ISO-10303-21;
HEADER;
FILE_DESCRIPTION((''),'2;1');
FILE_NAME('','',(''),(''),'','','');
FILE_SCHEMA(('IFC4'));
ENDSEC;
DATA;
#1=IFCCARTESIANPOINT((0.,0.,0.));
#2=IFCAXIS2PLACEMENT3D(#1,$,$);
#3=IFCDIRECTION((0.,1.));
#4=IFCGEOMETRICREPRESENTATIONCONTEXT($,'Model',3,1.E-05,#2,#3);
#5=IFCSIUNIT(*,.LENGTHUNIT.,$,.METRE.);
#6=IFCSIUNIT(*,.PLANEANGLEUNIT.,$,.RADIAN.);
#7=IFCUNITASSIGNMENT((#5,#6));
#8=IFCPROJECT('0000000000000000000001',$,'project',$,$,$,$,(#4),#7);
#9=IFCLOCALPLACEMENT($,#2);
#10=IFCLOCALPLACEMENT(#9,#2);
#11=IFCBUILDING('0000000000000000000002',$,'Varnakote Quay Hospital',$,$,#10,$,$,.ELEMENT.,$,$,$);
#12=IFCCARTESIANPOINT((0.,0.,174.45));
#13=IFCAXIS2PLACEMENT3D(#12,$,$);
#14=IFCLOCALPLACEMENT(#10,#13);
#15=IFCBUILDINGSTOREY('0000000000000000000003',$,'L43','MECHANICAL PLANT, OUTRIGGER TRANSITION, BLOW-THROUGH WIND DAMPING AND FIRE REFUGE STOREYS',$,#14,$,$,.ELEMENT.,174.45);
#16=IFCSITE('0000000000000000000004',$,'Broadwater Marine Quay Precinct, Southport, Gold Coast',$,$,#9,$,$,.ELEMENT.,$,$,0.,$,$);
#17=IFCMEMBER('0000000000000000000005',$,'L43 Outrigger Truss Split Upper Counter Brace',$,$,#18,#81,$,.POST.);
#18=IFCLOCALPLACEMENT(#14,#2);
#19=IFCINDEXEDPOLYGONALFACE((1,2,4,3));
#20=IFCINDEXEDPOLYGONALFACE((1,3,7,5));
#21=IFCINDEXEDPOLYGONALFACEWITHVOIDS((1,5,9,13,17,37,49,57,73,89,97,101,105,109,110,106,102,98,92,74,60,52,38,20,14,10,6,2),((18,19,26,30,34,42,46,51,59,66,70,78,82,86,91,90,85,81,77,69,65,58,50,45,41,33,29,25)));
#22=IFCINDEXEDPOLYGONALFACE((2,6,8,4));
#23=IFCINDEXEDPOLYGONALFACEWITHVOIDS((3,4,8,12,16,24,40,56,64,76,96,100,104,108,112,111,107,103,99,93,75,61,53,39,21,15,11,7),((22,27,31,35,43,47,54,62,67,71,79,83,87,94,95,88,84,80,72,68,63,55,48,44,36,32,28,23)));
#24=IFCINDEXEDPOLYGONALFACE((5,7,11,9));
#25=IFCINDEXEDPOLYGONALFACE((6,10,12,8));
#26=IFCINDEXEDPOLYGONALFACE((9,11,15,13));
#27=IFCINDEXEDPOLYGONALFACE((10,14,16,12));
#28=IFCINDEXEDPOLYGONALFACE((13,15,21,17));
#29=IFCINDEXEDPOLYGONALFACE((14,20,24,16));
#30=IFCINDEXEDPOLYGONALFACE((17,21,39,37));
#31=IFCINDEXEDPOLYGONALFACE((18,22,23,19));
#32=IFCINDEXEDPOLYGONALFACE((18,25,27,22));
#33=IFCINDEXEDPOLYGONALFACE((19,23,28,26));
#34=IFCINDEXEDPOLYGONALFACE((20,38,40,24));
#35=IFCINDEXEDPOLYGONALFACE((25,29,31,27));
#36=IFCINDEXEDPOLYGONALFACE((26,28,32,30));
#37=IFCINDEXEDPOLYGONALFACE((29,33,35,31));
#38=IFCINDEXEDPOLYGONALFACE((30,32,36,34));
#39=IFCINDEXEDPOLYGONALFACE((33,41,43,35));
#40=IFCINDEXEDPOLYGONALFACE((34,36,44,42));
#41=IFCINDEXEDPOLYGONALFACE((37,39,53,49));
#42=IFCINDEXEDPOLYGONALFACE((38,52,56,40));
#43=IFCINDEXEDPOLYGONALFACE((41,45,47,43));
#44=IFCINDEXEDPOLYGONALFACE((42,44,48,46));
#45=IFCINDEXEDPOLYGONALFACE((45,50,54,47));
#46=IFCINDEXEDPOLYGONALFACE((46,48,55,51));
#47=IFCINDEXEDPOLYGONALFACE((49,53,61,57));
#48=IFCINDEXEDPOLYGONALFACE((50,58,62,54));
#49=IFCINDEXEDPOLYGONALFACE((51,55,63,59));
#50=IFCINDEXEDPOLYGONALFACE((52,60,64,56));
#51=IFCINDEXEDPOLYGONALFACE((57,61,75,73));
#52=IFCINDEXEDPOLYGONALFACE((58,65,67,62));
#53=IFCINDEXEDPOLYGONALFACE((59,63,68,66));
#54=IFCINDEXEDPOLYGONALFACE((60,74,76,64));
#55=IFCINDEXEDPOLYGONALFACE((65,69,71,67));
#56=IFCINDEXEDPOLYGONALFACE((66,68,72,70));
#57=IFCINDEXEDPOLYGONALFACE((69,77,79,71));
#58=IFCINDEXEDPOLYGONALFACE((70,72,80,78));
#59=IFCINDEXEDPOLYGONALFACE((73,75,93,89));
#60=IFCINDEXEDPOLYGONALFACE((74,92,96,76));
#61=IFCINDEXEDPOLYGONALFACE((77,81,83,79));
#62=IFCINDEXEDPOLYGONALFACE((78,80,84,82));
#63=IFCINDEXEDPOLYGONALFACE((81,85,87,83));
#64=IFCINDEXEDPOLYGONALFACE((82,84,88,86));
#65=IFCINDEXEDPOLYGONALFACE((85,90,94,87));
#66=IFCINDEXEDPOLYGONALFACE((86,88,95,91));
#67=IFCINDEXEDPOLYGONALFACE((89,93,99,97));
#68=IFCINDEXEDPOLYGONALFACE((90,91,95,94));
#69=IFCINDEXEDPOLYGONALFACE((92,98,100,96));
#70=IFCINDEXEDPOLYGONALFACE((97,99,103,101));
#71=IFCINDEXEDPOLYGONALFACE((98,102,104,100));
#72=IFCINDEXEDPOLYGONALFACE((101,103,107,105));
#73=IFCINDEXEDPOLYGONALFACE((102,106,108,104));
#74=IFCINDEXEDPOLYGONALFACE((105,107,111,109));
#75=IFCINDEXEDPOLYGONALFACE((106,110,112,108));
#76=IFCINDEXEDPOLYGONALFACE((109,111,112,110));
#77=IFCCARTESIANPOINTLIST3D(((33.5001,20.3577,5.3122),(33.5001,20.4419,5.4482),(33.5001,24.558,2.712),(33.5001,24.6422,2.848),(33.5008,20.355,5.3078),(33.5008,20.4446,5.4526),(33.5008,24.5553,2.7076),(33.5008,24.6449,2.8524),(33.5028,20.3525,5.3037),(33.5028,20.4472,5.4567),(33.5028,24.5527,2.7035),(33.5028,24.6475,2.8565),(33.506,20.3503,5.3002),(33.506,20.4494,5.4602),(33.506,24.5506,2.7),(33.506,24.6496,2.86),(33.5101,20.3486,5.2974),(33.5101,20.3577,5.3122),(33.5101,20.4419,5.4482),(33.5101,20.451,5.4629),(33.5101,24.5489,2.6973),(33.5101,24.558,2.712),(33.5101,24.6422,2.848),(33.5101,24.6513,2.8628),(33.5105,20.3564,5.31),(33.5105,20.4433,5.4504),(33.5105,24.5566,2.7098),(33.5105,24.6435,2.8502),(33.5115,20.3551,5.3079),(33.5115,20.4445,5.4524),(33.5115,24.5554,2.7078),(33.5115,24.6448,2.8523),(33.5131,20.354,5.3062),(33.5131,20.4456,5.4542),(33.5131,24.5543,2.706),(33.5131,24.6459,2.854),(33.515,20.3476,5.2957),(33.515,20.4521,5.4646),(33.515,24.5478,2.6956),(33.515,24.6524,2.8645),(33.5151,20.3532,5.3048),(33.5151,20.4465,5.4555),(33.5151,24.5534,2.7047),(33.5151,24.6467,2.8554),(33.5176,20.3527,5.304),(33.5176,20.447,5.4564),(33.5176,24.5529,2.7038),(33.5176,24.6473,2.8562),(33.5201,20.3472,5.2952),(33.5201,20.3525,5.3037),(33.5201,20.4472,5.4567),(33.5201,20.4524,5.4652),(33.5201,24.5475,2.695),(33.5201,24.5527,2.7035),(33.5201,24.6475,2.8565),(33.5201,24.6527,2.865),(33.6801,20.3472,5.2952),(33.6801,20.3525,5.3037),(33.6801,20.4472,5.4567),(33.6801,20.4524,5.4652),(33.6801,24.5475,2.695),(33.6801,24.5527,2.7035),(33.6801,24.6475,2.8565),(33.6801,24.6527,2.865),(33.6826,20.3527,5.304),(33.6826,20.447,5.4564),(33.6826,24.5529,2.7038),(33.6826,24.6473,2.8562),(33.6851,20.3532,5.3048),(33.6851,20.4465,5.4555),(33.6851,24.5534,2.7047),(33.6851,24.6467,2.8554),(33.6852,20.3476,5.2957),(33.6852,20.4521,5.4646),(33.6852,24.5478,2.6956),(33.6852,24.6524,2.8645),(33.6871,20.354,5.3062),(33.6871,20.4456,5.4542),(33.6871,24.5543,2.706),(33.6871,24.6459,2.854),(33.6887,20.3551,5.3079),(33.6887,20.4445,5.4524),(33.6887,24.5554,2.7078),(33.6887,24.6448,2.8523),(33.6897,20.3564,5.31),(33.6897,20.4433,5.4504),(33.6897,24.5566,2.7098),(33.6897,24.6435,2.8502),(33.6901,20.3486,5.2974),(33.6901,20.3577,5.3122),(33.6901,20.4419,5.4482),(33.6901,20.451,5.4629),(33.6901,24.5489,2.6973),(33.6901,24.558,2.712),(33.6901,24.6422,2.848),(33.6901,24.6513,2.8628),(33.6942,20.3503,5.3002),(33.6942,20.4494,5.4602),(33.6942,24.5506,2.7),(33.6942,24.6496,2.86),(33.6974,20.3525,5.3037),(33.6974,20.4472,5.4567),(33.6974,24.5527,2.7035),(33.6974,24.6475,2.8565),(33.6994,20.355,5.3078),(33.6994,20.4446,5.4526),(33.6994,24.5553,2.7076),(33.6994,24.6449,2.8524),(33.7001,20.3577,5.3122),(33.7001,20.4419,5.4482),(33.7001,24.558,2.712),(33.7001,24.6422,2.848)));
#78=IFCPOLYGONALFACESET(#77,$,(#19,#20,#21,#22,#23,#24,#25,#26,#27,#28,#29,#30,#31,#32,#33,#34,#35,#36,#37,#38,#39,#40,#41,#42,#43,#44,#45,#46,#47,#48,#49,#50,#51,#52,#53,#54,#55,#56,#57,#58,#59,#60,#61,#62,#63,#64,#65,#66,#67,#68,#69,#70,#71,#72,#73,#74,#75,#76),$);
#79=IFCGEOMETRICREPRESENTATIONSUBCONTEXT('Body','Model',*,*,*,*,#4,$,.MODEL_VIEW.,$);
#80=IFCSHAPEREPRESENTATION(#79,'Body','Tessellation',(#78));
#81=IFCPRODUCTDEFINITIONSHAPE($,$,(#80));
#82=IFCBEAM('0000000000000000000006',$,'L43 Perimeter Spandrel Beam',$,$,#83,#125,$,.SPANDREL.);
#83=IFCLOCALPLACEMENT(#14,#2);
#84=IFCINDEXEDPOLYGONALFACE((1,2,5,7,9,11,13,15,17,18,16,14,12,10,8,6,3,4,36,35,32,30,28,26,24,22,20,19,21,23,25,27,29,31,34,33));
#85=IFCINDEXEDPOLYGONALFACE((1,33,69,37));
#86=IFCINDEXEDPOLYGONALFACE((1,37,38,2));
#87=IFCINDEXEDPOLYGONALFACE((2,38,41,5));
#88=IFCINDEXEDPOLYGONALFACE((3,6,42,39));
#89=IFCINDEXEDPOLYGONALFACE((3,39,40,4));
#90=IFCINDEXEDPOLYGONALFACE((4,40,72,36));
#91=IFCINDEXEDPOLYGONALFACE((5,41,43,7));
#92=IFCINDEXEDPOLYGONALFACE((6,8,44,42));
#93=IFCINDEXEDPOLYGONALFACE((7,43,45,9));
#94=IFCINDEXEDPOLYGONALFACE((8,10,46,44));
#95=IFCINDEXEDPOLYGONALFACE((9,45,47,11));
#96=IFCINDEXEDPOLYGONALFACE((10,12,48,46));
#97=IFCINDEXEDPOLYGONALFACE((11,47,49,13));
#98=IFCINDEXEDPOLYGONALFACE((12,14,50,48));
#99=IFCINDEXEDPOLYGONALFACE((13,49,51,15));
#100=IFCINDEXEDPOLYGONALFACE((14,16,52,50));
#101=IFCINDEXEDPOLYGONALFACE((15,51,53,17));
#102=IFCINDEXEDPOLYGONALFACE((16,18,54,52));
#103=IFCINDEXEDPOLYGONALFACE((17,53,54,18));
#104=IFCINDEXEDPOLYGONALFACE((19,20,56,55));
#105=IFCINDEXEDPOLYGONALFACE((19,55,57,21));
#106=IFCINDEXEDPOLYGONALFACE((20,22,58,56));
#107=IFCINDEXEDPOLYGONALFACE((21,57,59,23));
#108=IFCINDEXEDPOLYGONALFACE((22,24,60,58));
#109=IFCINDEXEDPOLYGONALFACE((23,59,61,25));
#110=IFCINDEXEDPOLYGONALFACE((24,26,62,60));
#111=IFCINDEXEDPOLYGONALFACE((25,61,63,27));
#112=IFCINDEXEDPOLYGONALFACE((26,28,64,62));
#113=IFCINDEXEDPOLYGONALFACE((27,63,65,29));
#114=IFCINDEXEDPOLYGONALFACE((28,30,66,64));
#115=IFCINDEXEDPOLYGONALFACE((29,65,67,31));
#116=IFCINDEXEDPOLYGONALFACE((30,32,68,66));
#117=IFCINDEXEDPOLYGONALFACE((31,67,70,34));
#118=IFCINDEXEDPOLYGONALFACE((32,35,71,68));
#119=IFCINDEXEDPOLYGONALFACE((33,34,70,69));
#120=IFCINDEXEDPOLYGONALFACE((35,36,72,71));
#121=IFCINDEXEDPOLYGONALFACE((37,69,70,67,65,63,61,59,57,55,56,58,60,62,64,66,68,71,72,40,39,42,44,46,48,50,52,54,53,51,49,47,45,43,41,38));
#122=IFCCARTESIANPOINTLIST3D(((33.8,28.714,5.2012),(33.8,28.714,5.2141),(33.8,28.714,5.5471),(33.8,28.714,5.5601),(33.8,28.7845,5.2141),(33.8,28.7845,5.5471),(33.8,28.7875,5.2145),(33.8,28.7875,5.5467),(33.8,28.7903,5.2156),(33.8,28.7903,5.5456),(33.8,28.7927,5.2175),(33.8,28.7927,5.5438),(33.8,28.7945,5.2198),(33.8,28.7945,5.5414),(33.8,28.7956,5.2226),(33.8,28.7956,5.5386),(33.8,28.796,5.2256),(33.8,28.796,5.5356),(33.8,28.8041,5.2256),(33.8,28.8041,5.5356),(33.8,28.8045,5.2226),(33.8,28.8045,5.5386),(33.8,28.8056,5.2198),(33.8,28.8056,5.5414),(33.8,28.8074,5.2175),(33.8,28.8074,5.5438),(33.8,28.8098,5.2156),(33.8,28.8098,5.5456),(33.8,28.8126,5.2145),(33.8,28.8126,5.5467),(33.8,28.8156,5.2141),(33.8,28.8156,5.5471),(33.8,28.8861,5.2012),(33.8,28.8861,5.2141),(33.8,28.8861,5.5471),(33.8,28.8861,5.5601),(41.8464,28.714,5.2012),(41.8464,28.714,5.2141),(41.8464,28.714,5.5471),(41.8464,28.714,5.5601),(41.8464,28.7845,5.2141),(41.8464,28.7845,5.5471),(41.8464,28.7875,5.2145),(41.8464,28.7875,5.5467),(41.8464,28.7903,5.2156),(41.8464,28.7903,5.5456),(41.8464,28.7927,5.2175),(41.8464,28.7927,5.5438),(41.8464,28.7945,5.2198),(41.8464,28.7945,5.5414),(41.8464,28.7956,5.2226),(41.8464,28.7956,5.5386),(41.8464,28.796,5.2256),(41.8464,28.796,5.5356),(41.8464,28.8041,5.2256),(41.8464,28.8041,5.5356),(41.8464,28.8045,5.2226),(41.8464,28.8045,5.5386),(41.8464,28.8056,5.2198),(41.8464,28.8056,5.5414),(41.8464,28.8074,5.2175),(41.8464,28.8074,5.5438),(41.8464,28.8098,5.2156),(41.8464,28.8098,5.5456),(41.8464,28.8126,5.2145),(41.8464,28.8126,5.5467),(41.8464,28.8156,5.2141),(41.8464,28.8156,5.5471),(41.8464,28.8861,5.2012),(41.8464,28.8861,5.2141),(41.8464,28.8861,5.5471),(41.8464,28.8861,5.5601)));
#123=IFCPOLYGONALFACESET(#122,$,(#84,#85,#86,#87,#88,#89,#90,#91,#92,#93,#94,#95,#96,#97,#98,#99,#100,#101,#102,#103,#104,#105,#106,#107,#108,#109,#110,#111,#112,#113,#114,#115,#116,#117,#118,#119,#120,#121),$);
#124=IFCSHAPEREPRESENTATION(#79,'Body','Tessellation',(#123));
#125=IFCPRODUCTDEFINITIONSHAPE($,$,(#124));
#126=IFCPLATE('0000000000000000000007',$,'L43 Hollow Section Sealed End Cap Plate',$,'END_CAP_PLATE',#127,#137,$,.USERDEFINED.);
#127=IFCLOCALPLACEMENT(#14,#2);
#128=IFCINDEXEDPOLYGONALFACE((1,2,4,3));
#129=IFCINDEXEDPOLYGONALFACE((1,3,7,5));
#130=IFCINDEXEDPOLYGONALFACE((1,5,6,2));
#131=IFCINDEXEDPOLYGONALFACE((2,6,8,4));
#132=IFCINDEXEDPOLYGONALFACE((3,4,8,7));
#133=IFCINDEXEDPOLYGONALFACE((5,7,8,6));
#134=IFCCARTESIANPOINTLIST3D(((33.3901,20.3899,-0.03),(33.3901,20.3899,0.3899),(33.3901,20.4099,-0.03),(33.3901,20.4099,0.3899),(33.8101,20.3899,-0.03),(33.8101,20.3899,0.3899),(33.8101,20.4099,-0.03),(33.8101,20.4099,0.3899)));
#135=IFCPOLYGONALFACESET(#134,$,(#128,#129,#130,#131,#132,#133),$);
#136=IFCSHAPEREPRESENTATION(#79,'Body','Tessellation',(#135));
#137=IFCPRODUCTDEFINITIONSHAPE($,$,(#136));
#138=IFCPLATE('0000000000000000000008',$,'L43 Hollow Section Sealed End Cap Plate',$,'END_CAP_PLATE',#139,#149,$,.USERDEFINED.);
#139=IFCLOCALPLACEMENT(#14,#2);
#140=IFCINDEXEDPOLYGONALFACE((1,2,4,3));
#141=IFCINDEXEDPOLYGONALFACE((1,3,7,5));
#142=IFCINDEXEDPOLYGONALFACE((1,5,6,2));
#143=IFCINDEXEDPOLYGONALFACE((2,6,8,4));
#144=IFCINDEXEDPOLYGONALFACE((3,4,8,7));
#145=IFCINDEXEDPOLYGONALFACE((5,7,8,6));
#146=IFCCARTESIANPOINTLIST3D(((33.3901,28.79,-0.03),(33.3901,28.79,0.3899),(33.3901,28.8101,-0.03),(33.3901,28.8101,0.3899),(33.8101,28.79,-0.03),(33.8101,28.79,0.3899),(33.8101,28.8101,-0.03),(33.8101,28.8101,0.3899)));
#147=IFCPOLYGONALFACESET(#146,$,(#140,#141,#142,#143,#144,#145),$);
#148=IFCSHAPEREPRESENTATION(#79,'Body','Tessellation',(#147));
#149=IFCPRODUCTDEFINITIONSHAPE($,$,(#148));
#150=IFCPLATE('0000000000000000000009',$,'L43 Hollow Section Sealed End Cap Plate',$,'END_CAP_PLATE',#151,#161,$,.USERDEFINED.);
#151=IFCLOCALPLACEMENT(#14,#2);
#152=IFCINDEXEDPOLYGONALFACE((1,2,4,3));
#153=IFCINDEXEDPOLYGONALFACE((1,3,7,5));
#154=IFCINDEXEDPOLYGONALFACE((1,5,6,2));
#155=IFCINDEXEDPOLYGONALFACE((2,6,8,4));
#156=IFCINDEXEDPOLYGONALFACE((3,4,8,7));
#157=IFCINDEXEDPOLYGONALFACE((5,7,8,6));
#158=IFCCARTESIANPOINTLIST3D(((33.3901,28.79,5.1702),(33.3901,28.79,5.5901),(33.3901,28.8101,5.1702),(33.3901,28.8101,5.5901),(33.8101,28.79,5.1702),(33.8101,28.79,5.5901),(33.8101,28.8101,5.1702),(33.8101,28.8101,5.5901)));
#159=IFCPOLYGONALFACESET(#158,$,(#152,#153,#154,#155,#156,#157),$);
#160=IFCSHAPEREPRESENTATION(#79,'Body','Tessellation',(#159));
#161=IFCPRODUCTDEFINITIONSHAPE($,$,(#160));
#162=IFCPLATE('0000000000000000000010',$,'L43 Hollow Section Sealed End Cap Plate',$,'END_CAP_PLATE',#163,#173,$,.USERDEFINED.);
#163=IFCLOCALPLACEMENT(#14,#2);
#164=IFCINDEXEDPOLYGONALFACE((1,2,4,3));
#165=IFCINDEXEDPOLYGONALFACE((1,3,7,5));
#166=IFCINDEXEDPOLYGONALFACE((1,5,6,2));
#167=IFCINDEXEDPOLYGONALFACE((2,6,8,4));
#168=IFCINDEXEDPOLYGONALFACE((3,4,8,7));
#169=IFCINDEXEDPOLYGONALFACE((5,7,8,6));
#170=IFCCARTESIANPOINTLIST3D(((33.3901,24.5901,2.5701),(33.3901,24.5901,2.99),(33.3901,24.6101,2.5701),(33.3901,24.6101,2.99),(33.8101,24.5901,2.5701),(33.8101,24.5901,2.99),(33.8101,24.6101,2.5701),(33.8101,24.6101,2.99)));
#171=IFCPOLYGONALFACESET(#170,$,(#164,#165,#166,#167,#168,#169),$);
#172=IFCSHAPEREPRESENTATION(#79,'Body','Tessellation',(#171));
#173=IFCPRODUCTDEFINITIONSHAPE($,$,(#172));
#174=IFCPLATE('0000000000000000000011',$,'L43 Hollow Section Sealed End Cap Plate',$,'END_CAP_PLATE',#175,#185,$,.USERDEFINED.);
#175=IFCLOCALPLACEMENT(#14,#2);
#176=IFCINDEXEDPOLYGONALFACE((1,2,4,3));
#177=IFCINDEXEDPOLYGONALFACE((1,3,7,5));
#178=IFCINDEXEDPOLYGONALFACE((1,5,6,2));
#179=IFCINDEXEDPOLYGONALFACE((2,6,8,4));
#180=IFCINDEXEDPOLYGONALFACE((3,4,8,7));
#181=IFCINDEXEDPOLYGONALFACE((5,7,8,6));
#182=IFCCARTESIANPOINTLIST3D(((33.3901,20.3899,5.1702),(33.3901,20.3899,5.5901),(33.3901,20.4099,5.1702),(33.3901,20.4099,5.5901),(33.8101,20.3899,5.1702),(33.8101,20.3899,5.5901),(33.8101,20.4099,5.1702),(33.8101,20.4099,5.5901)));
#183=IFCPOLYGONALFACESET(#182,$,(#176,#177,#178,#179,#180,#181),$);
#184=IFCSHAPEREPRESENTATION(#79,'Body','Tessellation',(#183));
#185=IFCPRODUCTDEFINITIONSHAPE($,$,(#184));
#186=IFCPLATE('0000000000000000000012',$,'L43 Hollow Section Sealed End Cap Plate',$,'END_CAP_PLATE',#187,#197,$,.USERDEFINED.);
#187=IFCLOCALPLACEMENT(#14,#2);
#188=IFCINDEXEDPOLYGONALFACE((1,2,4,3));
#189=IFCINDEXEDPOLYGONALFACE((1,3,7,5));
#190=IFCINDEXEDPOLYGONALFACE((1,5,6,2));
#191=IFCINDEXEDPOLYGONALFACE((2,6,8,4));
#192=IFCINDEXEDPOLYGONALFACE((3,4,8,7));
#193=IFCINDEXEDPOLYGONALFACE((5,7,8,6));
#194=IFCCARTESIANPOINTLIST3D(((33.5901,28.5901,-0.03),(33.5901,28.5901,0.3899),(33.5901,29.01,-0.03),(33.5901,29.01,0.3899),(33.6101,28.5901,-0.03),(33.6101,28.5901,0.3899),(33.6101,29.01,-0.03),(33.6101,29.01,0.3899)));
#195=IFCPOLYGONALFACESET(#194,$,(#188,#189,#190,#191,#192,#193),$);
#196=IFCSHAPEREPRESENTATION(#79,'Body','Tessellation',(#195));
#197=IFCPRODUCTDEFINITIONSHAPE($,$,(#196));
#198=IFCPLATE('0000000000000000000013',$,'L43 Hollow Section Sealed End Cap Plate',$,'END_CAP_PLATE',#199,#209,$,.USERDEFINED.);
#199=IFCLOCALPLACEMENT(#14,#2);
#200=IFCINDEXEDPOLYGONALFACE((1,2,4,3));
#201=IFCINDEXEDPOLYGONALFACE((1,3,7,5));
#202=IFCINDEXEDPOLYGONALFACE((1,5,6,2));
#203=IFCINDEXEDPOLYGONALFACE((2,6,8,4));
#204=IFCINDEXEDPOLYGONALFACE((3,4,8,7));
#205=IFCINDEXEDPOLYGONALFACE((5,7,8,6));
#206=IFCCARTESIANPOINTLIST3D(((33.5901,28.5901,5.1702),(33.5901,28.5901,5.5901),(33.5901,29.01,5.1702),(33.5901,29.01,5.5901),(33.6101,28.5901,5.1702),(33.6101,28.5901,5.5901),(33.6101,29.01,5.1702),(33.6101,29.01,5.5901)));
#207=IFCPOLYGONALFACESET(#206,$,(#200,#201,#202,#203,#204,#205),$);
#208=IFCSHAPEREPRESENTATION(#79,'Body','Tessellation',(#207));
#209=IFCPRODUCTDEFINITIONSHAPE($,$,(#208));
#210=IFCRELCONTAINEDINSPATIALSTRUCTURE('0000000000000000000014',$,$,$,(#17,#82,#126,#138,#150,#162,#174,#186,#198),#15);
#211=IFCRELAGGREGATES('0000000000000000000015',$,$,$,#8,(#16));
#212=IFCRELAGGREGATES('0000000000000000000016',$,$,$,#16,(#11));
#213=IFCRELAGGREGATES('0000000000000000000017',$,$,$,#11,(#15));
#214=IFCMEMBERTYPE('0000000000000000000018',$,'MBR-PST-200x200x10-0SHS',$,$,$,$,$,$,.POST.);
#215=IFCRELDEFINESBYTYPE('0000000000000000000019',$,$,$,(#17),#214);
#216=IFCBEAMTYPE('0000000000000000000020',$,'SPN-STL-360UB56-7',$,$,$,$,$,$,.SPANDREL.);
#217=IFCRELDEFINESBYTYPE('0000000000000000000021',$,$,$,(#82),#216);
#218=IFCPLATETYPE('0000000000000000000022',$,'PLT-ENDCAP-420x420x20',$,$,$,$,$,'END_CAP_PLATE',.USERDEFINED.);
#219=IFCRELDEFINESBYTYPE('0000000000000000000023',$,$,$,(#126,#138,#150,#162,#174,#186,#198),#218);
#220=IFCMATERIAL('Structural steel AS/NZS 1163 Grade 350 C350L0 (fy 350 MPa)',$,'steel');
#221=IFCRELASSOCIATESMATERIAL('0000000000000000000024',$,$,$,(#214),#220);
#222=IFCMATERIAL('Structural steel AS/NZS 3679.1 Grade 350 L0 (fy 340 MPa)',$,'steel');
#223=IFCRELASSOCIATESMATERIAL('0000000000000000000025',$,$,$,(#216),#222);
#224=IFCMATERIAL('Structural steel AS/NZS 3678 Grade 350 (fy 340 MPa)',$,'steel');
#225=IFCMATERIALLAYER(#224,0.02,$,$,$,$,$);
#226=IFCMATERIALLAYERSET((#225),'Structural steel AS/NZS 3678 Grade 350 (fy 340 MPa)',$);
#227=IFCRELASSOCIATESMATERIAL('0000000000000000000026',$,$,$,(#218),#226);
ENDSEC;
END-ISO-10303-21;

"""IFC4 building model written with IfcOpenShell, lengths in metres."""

from ifc_helpers import new_model, si_unit, direction, frame, origin, origin_2d, place, context, subcontext, project, spatial, rectangle, hollow_rectangle, i_section, extrude, material, layer, layer_set, material_profile, profile_set, type_object, element, save


model = new_model("IFC4")

# Units and contexts
model_context = context("Model", 3, precision=1e-05, world=origin(), true_north=direction((0.0, 1.0)))
body_context = subcontext(model_context, "Body", "Model", "MODEL_VIEW")
ifc_project = project(units=[si_unit("LENGTHUNIT", "METRE"), si_unit("PLANEANGLEUNIT", "RADIAN")], contexts=[model_context])

# Site, building, storey
site_placement = place(None, origin())
site = spatial("IfcSite", under=ifc_project, at=site_placement, Name="Broadwater Marine Quay Precinct, Southport, Gold Coast", CompositionType="ELEMENT", RefElevation=0.0)
building_placement = place(site_placement, origin())
building = spatial("IfcBuilding", under=site, at=building_placement, Name="Varnakote Quay Hospital", CompositionType="ELEMENT")
storey_placement = place(building_placement, frame((0.0, 0.0, 174.45)))
storey = spatial("IfcBuildingStorey", under=building, at=storey_placement, Name="L43", Description="MECHANICAL PLANT, OUTRIGGER TRANSITION, BLOW-THROUGH WIND DAMPING AND FIRE REFUGE STOREYS", CompositionType="ELEMENT", Elevation=174.45)

# Member
ifc_material_1 = material(Name="Structural steel AS/NZS 1163 Grade 350 C350L0 (fy 350 MPa)", Category="steel")
ifc_material_profile_1 = material_profile(ifc_material_1, hollow_rectangle(XDim=0.2, YDim=0.2, WallThickness=0.01, InnerFilletRadius=0.01, OuterFilletRadius=0.02, at=origin_2d()), Name="200x200x10.0SHS")
ifc_profile_set_1 = profile_set([ifc_material_profile_1], Name="Structural steel AS/NZS 1163 Grade 350 C350L0 (fy 350 MPa)")
member_type_1 = type_object("IfcMemberType", Name="MBR-PST-200x200x10-0SHS", PredefinedType="POST", material=ifc_profile_set_1)
member_1_placement = place(storey_placement, frame((33.6001, 24.6001, 2.78), z_axis=(0.0, -0.850267, 0.526351), x_axis=(1.0, 0.0, 0.0)))
element("IfcMember", 1, at=member_1_placement, inside=storey, type_object=member_type_1, Name="L43 Outrigger Truss Split Upper Counter Brace", PredefinedType="POST", context=body_context, shape_type="SweptSolid", body=[
    extrude(hollow_rectangle(XDim=0.2, YDim=0.2, WallThickness=0.01, InnerFilletRadius=0.01, OuterFilletRadius=0.02, at=origin_2d()), origin(), (0.0, 0.0, 1.0), 4.9399),
])

# Beam
ifc_material_2 = material(Name="Structural steel AS/NZS 3679.1 Grade 350 L0 (fy 340 MPa)", Category="steel")
ifc_material_profile_2 = material_profile(ifc_material_2, i_section(OverallWidth=0.1721, OverallDepth=0.3589, WebThickness=0.0081, FlangeThickness=0.0129, FilletRadius=0.0115, at=origin_2d()), Name="360UB56.7")
ifc_profile_set_2 = profile_set([ifc_material_profile_2], Name="Structural steel AS/NZS 3679.1 Grade 350 L0 (fy 340 MPa)")
beam_type_1 = type_object("IfcBeamType", Name="SPN-STL-360UB56-7", PredefinedType="SPANDREL", material=ifc_profile_set_2)
beam_1_placement = place(storey_placement, frame((33.8, 28.8, 5.3806), z_axis=(1.0, 0.0, 0.0), x_axis=(0.0, 1.0, 0.0)))
element("IfcBeam", 2, at=beam_1_placement, inside=storey, type_object=beam_type_1, Name="L43 Perimeter Spandrel Beam", PredefinedType="SPANDREL", context=body_context, shape_type="SweptSolid", body=[
    extrude(i_section(OverallWidth=0.1721, OverallDepth=0.3589, WebThickness=0.0081, FlangeThickness=0.0129, FilletRadius=0.0115, at=origin_2d()), origin(), (0.0, 0.0, 1.0), 8.0464),
])

# Plates
ifc_material_3 = material(Name="Structural steel AS/NZS 3678 Grade 350 (fy 340 MPa)", Category="steel")
ifc_layer_1 = layer(ifc_material_3, 0.02)
ifc_layer_set_1 = layer_set([ifc_layer_1], Name="Structural steel AS/NZS 3678 Grade 350 (fy 340 MPa)")
plate_type_1 = type_object("IfcPlateType", Name="PLT-ENDCAP-420x420x20", ElementType="END_CAP_PLATE", PredefinedType="USERDEFINED", material=ifc_layer_set_1)
for number, where, z_axis, x_axis, name in (
    (3, (33.6001, 20.3999, -0.03), (0.0, 0.0, 1.0), (0.0, 1.0, 0.0), "L43 Hollow Section Sealed End Cap Plate"),
    (4, (33.6001, 28.8, -0.03), (0.0, 0.0, 1.0), (0.0, 1.0, 0.0), "L43 Hollow Section Sealed End Cap Plate"),
    (5, (33.6001, 28.8, 5.1702), (0.0, 0.0, 1.0), (0.0, 1.0, 0.0), "L43 Hollow Section Sealed End Cap Plate"),
    (6, (33.6001, 24.6001, 2.5701), (0.0, 0.0, 1.0), (0.0, 1.0, 0.0), "L43 Hollow Section Sealed End Cap Plate"),
    (7, (33.6001, 20.3999, 5.1702), (0.0, 0.0, 1.0), (0.0, 1.0, 0.0), "L43 Hollow Section Sealed End Cap Plate"),
    (8, (33.6001, 28.8, -0.03), (0.0, 0.0, 1.0), (1.0, 0.0, 0.0), "L43 Hollow Section Sealed End Cap Plate"),
    (9, (33.6001, 28.8, 5.1702), (0.0, 0.0, 1.0), (1.0, 0.0, 0.0), "L43 Hollow Section Sealed End Cap Plate"),
):
    element("IfcPlate", number, at=place(storey_placement, frame(where, z_axis=z_axis, x_axis=x_axis)), inside=storey, type_object=plate_type_1, Name=name, ObjectType="END_CAP_PLATE", PredefinedType="USERDEFINED", context=body_context, shape_type="SweptSolid", body=[
        extrude(rectangle(XDim=0.02, YDim=0.4199, at=origin_2d()), origin(), (0.0, 0.0, 1.0), 0.4199),
    ])

save(model, "model.ifc")
